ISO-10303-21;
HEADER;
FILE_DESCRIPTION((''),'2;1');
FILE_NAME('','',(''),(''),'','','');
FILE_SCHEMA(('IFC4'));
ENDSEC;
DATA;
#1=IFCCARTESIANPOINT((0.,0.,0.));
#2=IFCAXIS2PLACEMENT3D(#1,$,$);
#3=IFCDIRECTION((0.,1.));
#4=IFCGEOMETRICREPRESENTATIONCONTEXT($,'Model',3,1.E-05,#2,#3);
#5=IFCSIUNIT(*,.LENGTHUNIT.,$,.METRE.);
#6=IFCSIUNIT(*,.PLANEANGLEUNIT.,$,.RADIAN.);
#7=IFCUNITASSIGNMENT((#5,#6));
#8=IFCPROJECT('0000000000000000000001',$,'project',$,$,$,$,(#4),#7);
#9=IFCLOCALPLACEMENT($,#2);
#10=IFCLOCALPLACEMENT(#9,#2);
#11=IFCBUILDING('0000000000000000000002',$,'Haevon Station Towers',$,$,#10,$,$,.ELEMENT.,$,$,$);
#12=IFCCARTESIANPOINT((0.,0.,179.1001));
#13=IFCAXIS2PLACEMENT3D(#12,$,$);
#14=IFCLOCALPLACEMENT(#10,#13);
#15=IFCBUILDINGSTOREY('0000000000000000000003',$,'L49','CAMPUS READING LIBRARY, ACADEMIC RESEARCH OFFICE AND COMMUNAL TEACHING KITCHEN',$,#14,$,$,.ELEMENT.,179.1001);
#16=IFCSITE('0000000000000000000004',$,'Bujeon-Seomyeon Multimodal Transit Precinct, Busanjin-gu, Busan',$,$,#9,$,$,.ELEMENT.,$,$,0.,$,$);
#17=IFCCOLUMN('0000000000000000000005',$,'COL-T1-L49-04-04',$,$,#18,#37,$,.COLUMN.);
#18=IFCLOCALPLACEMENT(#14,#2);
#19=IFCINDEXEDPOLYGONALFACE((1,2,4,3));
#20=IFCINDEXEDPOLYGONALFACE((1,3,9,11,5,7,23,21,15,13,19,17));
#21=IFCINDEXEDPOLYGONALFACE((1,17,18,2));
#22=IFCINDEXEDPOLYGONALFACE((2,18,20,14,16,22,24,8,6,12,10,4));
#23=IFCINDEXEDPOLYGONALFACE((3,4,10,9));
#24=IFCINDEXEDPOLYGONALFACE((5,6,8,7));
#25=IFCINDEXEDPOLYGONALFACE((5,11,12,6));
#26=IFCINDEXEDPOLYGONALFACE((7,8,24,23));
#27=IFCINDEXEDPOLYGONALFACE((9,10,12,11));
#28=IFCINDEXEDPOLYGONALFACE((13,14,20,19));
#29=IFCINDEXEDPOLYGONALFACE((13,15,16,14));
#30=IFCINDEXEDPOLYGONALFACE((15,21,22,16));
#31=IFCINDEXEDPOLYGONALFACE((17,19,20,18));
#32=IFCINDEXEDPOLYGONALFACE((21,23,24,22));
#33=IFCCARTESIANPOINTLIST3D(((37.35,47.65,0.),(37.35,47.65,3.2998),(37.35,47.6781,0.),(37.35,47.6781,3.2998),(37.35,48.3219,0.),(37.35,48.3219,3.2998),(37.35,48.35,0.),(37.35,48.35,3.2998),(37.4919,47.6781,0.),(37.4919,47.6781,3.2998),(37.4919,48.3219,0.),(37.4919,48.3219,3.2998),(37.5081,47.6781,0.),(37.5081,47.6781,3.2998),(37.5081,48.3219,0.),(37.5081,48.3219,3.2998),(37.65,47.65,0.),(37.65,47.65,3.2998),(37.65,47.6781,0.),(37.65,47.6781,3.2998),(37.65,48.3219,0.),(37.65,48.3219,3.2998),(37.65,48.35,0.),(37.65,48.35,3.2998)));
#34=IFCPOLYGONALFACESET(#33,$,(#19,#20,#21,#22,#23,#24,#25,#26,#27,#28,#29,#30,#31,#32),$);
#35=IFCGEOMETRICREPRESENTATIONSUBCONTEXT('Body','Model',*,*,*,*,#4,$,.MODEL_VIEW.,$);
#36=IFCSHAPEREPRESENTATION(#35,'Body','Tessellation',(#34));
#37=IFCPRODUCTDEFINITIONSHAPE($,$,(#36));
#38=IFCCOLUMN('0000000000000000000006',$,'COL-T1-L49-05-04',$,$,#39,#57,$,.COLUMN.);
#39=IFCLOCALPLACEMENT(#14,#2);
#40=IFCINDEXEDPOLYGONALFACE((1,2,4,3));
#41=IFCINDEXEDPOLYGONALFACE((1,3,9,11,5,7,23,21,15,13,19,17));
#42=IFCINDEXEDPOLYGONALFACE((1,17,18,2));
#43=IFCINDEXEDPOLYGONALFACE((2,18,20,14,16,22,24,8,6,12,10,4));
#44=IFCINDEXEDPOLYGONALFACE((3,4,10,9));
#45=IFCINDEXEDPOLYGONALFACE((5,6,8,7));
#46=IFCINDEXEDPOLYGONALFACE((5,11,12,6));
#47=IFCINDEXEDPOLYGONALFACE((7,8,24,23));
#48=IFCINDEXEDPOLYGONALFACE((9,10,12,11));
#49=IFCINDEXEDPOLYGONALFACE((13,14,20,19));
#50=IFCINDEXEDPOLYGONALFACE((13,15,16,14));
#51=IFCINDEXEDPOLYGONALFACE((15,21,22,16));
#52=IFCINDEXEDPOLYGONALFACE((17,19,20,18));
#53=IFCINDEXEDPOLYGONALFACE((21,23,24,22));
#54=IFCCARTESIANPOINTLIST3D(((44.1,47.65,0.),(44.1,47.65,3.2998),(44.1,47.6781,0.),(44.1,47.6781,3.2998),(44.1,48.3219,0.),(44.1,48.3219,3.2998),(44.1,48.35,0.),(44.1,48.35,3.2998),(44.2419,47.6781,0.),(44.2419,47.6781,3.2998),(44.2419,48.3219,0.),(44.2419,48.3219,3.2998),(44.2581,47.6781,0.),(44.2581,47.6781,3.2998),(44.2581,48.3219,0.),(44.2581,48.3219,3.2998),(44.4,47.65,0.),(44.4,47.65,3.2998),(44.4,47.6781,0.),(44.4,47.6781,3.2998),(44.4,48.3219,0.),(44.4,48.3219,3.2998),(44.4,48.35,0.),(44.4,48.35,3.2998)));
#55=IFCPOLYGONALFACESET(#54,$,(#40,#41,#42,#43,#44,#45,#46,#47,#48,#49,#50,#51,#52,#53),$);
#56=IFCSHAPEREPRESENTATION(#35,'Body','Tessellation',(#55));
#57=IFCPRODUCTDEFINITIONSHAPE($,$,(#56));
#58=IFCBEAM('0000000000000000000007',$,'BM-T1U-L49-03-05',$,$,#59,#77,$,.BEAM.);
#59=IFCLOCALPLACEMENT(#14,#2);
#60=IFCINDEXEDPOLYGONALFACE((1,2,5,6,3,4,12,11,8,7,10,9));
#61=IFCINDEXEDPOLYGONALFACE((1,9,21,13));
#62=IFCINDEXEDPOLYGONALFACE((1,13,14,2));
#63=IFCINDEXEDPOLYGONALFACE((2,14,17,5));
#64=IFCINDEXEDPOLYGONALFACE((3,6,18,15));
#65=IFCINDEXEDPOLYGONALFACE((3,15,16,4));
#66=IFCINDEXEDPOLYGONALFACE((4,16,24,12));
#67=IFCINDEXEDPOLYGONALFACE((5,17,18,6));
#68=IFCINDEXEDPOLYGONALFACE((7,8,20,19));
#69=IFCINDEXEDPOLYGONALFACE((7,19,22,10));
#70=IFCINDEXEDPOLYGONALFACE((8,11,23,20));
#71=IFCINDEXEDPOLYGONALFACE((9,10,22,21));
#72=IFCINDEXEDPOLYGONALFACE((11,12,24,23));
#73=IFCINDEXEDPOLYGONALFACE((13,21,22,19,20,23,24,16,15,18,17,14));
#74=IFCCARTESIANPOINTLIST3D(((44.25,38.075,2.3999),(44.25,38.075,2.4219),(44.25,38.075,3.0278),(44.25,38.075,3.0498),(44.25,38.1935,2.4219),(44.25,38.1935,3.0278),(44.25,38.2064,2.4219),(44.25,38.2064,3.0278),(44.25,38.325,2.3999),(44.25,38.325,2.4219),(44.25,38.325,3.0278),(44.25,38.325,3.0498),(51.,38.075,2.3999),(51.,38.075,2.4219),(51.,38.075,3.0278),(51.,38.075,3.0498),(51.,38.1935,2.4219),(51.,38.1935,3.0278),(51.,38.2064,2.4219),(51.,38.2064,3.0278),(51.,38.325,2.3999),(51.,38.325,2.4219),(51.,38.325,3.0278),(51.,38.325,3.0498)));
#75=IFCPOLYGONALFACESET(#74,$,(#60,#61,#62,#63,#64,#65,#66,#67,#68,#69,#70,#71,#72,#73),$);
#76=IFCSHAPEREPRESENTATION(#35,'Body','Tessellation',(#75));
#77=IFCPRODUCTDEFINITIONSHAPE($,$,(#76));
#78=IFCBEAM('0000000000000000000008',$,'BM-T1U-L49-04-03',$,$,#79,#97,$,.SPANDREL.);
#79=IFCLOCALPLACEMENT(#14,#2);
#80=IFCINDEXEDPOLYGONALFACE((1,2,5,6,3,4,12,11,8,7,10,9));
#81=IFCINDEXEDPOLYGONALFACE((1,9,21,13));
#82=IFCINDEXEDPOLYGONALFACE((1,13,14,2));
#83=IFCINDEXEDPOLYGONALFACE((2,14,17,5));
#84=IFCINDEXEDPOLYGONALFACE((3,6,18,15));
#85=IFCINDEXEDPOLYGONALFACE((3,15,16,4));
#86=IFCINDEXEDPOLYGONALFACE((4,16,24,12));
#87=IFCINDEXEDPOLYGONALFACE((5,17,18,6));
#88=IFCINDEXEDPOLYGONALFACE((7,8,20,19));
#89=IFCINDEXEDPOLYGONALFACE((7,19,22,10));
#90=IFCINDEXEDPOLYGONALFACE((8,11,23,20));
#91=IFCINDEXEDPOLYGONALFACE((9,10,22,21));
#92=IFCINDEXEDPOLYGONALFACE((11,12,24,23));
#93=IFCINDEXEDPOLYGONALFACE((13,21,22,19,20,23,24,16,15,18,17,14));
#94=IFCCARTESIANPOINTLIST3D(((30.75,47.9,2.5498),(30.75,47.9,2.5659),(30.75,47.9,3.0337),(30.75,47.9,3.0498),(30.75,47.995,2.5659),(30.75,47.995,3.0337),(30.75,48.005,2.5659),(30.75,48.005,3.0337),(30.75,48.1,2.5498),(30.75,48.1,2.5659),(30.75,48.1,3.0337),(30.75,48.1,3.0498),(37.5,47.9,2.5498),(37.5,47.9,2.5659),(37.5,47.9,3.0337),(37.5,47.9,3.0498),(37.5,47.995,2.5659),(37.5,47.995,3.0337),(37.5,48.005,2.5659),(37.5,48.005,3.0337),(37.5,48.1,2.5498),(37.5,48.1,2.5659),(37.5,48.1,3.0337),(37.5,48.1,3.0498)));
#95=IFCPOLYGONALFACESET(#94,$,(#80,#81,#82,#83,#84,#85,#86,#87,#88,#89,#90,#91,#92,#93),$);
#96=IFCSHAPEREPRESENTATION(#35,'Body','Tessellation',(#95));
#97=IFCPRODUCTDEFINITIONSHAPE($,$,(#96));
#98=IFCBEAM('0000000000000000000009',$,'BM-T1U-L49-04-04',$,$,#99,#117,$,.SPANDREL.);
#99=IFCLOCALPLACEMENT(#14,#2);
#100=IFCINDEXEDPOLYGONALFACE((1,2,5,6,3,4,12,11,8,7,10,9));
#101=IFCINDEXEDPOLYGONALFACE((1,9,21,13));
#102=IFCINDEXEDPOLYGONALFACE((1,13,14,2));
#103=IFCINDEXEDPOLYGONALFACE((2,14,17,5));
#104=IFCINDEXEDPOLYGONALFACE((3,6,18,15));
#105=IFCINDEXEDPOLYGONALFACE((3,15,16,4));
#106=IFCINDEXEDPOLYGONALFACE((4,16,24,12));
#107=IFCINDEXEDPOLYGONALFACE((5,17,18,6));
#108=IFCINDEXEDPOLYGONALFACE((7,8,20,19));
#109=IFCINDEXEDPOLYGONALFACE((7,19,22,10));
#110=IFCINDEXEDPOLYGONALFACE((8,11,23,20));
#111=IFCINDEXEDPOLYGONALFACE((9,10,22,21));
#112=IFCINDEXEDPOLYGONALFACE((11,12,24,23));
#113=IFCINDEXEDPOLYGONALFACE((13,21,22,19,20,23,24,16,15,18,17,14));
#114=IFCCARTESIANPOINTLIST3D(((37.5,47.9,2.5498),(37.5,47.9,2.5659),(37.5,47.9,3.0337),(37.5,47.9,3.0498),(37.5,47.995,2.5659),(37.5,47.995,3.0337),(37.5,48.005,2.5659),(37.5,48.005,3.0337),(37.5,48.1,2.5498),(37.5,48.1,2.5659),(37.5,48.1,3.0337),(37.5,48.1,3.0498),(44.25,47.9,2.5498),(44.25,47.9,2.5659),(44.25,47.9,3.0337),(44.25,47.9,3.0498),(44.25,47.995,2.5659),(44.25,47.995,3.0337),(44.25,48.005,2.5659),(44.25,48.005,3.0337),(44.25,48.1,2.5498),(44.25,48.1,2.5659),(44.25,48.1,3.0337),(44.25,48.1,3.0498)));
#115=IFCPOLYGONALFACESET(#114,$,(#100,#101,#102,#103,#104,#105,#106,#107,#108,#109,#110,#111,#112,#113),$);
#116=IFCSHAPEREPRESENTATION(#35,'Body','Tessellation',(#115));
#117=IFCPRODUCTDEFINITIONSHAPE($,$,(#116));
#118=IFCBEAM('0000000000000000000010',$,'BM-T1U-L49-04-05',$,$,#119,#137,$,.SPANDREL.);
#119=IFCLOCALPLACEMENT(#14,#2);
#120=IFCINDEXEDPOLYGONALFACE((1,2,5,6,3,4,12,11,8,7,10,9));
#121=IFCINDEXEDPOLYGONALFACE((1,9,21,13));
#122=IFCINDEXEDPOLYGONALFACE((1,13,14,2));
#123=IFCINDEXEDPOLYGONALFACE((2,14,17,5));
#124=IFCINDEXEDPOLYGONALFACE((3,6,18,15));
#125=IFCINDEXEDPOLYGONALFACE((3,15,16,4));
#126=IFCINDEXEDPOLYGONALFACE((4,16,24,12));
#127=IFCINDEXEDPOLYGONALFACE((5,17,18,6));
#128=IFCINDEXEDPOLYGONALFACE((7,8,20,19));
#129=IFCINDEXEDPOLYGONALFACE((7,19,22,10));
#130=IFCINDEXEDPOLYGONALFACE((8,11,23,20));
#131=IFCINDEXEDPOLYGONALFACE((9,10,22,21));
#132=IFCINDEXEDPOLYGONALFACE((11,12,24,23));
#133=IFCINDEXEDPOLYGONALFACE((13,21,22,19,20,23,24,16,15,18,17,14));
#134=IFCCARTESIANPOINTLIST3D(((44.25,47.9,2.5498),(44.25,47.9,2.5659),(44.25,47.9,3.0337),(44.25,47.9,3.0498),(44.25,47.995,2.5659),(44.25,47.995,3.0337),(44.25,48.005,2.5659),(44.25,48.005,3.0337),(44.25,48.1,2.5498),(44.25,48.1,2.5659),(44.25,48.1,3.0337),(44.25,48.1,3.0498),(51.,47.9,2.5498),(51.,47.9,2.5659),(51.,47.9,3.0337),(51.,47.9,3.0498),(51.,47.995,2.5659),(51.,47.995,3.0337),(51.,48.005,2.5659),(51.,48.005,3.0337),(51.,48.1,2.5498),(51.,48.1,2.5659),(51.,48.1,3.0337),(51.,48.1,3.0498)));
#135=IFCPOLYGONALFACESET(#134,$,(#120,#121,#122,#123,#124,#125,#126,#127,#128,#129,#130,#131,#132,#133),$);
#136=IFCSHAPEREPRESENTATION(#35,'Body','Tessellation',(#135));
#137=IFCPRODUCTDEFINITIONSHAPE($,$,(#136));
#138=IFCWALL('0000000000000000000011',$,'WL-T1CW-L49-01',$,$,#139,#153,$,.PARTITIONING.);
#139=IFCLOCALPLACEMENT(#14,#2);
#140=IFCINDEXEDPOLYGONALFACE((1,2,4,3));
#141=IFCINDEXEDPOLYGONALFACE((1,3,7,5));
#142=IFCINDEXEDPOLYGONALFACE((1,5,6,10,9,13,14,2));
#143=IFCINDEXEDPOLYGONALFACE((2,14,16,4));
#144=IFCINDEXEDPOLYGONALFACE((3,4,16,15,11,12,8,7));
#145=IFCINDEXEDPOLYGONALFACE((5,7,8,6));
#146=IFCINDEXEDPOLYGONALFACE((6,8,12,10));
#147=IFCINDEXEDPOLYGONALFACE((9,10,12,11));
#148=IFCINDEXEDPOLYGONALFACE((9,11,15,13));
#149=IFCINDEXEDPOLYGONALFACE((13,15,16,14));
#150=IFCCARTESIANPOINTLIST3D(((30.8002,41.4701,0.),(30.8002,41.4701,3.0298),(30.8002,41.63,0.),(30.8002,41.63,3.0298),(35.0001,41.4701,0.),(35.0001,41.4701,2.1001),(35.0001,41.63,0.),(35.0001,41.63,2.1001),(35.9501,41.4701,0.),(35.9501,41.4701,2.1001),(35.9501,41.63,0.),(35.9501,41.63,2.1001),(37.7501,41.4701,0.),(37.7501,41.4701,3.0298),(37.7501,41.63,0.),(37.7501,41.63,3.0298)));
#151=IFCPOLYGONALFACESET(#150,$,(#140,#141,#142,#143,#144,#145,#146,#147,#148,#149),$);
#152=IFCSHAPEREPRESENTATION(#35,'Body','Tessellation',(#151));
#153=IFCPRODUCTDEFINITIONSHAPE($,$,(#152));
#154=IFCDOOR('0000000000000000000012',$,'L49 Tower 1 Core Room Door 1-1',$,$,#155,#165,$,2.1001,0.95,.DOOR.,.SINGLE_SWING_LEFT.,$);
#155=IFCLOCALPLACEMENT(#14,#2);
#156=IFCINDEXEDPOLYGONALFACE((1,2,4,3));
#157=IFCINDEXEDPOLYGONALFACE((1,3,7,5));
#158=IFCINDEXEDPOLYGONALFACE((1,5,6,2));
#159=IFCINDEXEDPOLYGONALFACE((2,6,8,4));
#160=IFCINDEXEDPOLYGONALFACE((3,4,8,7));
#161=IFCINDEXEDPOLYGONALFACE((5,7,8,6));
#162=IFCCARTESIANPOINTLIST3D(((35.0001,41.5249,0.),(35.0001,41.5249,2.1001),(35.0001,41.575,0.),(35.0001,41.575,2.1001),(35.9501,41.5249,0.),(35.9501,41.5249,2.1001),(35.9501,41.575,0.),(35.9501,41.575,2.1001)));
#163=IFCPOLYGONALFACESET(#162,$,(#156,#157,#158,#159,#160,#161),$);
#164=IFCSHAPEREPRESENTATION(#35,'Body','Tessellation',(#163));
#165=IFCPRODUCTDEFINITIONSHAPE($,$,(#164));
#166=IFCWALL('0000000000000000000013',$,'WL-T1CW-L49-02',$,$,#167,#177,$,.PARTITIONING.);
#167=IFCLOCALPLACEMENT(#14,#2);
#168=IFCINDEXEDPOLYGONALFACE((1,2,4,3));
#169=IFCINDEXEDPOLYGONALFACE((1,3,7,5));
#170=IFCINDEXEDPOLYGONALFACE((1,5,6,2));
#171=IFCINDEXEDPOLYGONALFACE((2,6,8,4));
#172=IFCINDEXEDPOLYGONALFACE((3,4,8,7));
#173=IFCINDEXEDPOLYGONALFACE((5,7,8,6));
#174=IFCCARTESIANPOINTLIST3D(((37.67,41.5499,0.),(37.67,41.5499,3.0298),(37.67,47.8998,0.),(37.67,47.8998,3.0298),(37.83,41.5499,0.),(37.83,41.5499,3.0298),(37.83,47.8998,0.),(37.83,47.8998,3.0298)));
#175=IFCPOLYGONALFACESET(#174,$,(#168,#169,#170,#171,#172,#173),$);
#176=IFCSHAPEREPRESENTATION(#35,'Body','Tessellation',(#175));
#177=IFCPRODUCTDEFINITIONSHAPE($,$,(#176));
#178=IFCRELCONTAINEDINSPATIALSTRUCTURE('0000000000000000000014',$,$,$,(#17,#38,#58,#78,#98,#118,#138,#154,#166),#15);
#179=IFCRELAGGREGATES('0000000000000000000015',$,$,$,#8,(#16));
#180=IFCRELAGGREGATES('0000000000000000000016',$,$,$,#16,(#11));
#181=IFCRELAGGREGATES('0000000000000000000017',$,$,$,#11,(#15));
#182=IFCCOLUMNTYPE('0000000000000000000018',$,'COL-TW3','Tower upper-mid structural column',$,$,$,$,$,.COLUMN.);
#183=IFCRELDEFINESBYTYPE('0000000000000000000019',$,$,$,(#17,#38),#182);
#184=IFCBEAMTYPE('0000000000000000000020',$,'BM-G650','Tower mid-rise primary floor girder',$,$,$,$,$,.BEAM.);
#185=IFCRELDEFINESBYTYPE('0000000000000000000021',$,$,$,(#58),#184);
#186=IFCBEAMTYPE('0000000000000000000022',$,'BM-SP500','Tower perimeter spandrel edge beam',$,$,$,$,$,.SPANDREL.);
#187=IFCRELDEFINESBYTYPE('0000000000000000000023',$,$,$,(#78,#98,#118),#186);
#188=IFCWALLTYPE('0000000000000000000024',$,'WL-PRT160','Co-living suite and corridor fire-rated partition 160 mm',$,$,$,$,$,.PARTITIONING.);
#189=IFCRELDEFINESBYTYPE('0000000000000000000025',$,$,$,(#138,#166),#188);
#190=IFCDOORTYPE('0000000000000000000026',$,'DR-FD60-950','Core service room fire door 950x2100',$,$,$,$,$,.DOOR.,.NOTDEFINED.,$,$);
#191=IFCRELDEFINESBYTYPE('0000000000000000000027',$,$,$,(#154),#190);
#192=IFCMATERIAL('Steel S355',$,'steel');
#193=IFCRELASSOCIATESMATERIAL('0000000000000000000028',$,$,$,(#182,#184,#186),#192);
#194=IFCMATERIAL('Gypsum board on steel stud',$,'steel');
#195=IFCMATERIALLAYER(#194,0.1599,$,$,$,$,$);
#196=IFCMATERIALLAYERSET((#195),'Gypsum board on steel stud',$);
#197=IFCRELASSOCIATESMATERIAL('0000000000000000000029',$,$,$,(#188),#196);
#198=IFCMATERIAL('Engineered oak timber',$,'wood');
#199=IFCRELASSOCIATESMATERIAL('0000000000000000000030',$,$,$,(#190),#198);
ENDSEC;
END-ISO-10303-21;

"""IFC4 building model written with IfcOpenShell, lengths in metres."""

from ifc_helpers import new_model, si_unit, direction, frame, frame_2d, origin, origin_2d, place, context, subcontext, project, spatial, rectangle, i_section, extrude, material, layer, layer_set, material_profile, profile_set, type_object, element, fill, save


model = new_model("IFC4")

# Units and contexts
model_context = context("Model", 3, precision=1e-05, world=origin(), true_north=direction((0.0, 1.0)))
body_context = subcontext(model_context, "Body", "Model", "MODEL_VIEW")
ifc_project = project(units=[si_unit("LENGTHUNIT", "METRE"), si_unit("PLANEANGLEUNIT", "RADIAN")], contexts=[model_context])

# Site, building, storey
site_placement = place(None, origin())
site = spatial("IfcSite", under=ifc_project, at=site_placement, Name="Bujeon-Seomyeon Multimodal Transit Precinct, Busanjin-gu, Busan", CompositionType="ELEMENT", RefElevation=0.0)
building_placement = place(site_placement, origin())
building = spatial("IfcBuilding", under=site, at=building_placement, Name="Haevon Station Towers", CompositionType="ELEMENT")
storey_placement = place(building_placement, frame((0.0, 0.0, 179.1001)))
storey = spatial("IfcBuildingStorey", under=building, at=storey_placement, Name="L49", Description="CAMPUS READING LIBRARY, ACADEMIC RESEARCH OFFICE AND COMMUNAL TEACHING KITCHEN", CompositionType="ELEMENT", Elevation=179.1001)

# Columns
ifc_material_1 = material(Name="Steel S355", Category="steel")
ifc_material_profile_1 = material_profile(ifc_material_1, i_section(OverallWidth=0.3, OverallDepth=0.7, WebThickness=0.0161, FlangeThickness=0.0281, at=origin_2d()), Name="H-700x300x16x28")
ifc_profile_set_1 = profile_set([ifc_material_profile_1], Name="Steel S355")
column_type = type_object("IfcColumnType", Name="COL-TW3", Description="Tower upper-mid structural column", PredefinedType="COLUMN", material=ifc_profile_set_1)
for number, where, z_axis, x_axis, name in (
    (1, (37.5, 48.0, 0.0), (0.0, 0.0, 1.0), (1.0, 0.0, 0.0), "COL-T1-L49-04-04"),
    (2, (44.25, 48.0, 0.0), (0.0, 0.0, 1.0), (1.0, 0.0, 0.0), "COL-T1-L49-05-04"),
):
    element("IfcColumn", number, at=place(storey_placement, frame(where, z_axis=z_axis, x_axis=x_axis)), inside=storey, type_object=column_type, Name=name, PredefinedType="COLUMN", context=body_context, shape_type="SweptSolid", body=[
        extrude(i_section(OverallWidth=0.3, OverallDepth=0.7, WebThickness=0.0161, FlangeThickness=0.0281, at=origin_2d()), origin(), (0.0, 0.0, 1.0), 3.2998),
    ])

# Beams
ifc_material_profile_2 = material_profile(ifc_material_1, i_section(OverallWidth=0.25, OverallDepth=0.6499, WebThickness=0.0129, FlangeThickness=0.022, at=origin_2d()), Name="H-650x250x13x22")
ifc_profile_set_2 = profile_set([ifc_material_profile_2], Name="Steel S355")
beam_type_1 = type_object("IfcBeamType", Name="BM-G650", Description="Tower mid-rise primary floor girder", PredefinedType="BEAM", material=ifc_profile_set_2)
beam_placement = place(storey_placement, frame((44.25, 38.2, 2.7249), z_axis=(1.0, 0.0, 0.0), x_axis=(0.0, 1.0, 0.0)))
element("IfcBeam", 3, at=beam_placement, inside=storey, type_object=beam_type_1, Name="BM-T1U-L49-03-05", PredefinedType="BEAM", context=body_context, shape_type="SweptSolid", body=[
    extrude(i_section(OverallWidth=0.25, OverallDepth=0.6499, WebThickness=0.0129, FlangeThickness=0.022, at=origin_2d()), origin(), (0.0, 0.0, 1.0), 6.75),
])
ifc_material_profile_3 = material_profile(ifc_material_1, i_section(OverallWidth=0.2, OverallDepth=0.5, WebThickness=0.01, FlangeThickness=0.0161, at=origin_2d()), Name="H-500x200x10x16")
ifc_profile_set_3 = profile_set([ifc_material_profile_3], Name="Steel S355")
beam_type_2 = type_object("IfcBeamType", Name="BM-SP500", Description="Tower perimeter spandrel edge beam", PredefinedType="SPANDREL", material=ifc_profile_set_3)
for number, where, z_axis, x_axis, name in (
    (4, (30.75, 48.0, 2.7998), (1.0, 0.0, 0.0), (0.0, 1.0, 0.0), "BM-T1U-L49-04-03"),
    (5, (37.5, 48.0, 2.7998), (1.0, 0.0, 0.0), (0.0, 1.0, 0.0), "BM-T1U-L49-04-04"),
    (6, (44.25, 48.0, 2.7998), (1.0, 0.0, 0.0), (0.0, 1.0, 0.0), "BM-T1U-L49-04-05"),
):
    element("IfcBeam", number, at=place(storey_placement, frame(where, z_axis=z_axis, x_axis=x_axis)), inside=storey, type_object=beam_type_2, Name=name, PredefinedType="SPANDREL", context=body_context, shape_type="SweptSolid", body=[
        extrude(i_section(OverallWidth=0.2, OverallDepth=0.5, WebThickness=0.01, FlangeThickness=0.0161, at=origin_2d()), origin(), (0.0, 0.0, 1.0), 6.75),
    ])

# Wall, opening, door
ifc_material_2 = material(Name="Gypsum board on steel stud", Category="steel")
ifc_layer_1 = layer(ifc_material_2, 0.1599)
ifc_layer_set_1 = layer_set([ifc_layer_1], Name="Gypsum board on steel stud")
wall_type_1 = type_object("IfcWallType", Name="WL-PRT160", Description="Co-living suite and corridor fire-rated partition 160 mm", PredefinedType="PARTITIONING", material=ifc_layer_set_1)
wall_1_placement = place(storey_placement, frame((30.8, 41.55, 0.0), z_axis=(0.0, 0.0, 1.0), x_axis=(1.0, 0.0, 0.0)))
wall_1 = element("IfcWall", 7, at=wall_1_placement, inside=storey, type_object=wall_type_1, Name="WL-T1CW-L49-01", PredefinedType="PARTITIONING", context=body_context, shape_type="SweptSolid", body=[
    extrude(rectangle(XDim=6.95, YDim=0.1599, at=frame_2d((3.4751, 0.0))), origin(), (0.0, 0.0, 1.0), 3.0298),
])
opening_1_placement = place(wall_1_placement, frame((4.2, 0.0, 0.0)))
opening_1 = element("IfcOpeningElement", 8, at=opening_1_placement, cuts=wall_1, PredefinedType="OPENING", context=body_context, shape_type="SweptSolid", body=[
    extrude(rectangle(XDim=0.95, YDim=2.1001, at=frame_2d((0.4751, 1.05))), frame((0.0, 0.0898, 0.0), z_axis=(0.0, -1.0, 0.0), x_axis=(1.0, 0.0, 0.0)), (0.0, 0.0, 1.0), 0.1799),
])
ifc_material_3 = material(Name="Engineered oak timber", Category="wood")
door_type_1 = type_object("IfcDoorType", Name="DR-FD60-950", Description="Core service room fire door 950x2100", OperationType="NOTDEFINED", PredefinedType="DOOR", material=ifc_material_3)
door_1_placement = place(opening_1_placement, origin())
door_1 = element("IfcDoor", 9, at=door_1_placement, inside=storey, type_object=door_type_1, Name="L49 Tower 1 Core Room Door 1-1", OperationType="SINGLE_SWING_LEFT", OverallHeight=2.1001, OverallWidth=0.95, PredefinedType="DOOR", context=body_context, shape_type="SweptSolid", body=[
    extrude(rectangle(XDim=0.95, YDim=2.1001, at=frame_2d((0.4751, 1.05))), frame((0.0, 0.0249, 0.0), z_axis=(0.0, -1.0, 0.0), x_axis=(1.0, 0.0, 0.0)), (0.0, 0.0, 1.0), 0.05),
])
fill(opening_1, door_1)

# Wall
wall_2_placement = place(storey_placement, frame((37.75, 41.55, 0.0), z_axis=(0.0, 0.0, 1.0), x_axis=(0.0, 1.0, 0.0)))
element("IfcWall", 10, at=wall_2_placement, inside=storey, type_object=wall_type_1, Name="WL-T1CW-L49-02", PredefinedType="PARTITIONING", context=body_context, shape_type="SweptSolid", body=[
    extrude(rectangle(XDim=6.3499, YDim=0.1599, at=frame_2d((3.1748, 0.0))), origin(), (0.0, 0.0, 1.0), 3.0298),
])

save(model, "model.ifc")
